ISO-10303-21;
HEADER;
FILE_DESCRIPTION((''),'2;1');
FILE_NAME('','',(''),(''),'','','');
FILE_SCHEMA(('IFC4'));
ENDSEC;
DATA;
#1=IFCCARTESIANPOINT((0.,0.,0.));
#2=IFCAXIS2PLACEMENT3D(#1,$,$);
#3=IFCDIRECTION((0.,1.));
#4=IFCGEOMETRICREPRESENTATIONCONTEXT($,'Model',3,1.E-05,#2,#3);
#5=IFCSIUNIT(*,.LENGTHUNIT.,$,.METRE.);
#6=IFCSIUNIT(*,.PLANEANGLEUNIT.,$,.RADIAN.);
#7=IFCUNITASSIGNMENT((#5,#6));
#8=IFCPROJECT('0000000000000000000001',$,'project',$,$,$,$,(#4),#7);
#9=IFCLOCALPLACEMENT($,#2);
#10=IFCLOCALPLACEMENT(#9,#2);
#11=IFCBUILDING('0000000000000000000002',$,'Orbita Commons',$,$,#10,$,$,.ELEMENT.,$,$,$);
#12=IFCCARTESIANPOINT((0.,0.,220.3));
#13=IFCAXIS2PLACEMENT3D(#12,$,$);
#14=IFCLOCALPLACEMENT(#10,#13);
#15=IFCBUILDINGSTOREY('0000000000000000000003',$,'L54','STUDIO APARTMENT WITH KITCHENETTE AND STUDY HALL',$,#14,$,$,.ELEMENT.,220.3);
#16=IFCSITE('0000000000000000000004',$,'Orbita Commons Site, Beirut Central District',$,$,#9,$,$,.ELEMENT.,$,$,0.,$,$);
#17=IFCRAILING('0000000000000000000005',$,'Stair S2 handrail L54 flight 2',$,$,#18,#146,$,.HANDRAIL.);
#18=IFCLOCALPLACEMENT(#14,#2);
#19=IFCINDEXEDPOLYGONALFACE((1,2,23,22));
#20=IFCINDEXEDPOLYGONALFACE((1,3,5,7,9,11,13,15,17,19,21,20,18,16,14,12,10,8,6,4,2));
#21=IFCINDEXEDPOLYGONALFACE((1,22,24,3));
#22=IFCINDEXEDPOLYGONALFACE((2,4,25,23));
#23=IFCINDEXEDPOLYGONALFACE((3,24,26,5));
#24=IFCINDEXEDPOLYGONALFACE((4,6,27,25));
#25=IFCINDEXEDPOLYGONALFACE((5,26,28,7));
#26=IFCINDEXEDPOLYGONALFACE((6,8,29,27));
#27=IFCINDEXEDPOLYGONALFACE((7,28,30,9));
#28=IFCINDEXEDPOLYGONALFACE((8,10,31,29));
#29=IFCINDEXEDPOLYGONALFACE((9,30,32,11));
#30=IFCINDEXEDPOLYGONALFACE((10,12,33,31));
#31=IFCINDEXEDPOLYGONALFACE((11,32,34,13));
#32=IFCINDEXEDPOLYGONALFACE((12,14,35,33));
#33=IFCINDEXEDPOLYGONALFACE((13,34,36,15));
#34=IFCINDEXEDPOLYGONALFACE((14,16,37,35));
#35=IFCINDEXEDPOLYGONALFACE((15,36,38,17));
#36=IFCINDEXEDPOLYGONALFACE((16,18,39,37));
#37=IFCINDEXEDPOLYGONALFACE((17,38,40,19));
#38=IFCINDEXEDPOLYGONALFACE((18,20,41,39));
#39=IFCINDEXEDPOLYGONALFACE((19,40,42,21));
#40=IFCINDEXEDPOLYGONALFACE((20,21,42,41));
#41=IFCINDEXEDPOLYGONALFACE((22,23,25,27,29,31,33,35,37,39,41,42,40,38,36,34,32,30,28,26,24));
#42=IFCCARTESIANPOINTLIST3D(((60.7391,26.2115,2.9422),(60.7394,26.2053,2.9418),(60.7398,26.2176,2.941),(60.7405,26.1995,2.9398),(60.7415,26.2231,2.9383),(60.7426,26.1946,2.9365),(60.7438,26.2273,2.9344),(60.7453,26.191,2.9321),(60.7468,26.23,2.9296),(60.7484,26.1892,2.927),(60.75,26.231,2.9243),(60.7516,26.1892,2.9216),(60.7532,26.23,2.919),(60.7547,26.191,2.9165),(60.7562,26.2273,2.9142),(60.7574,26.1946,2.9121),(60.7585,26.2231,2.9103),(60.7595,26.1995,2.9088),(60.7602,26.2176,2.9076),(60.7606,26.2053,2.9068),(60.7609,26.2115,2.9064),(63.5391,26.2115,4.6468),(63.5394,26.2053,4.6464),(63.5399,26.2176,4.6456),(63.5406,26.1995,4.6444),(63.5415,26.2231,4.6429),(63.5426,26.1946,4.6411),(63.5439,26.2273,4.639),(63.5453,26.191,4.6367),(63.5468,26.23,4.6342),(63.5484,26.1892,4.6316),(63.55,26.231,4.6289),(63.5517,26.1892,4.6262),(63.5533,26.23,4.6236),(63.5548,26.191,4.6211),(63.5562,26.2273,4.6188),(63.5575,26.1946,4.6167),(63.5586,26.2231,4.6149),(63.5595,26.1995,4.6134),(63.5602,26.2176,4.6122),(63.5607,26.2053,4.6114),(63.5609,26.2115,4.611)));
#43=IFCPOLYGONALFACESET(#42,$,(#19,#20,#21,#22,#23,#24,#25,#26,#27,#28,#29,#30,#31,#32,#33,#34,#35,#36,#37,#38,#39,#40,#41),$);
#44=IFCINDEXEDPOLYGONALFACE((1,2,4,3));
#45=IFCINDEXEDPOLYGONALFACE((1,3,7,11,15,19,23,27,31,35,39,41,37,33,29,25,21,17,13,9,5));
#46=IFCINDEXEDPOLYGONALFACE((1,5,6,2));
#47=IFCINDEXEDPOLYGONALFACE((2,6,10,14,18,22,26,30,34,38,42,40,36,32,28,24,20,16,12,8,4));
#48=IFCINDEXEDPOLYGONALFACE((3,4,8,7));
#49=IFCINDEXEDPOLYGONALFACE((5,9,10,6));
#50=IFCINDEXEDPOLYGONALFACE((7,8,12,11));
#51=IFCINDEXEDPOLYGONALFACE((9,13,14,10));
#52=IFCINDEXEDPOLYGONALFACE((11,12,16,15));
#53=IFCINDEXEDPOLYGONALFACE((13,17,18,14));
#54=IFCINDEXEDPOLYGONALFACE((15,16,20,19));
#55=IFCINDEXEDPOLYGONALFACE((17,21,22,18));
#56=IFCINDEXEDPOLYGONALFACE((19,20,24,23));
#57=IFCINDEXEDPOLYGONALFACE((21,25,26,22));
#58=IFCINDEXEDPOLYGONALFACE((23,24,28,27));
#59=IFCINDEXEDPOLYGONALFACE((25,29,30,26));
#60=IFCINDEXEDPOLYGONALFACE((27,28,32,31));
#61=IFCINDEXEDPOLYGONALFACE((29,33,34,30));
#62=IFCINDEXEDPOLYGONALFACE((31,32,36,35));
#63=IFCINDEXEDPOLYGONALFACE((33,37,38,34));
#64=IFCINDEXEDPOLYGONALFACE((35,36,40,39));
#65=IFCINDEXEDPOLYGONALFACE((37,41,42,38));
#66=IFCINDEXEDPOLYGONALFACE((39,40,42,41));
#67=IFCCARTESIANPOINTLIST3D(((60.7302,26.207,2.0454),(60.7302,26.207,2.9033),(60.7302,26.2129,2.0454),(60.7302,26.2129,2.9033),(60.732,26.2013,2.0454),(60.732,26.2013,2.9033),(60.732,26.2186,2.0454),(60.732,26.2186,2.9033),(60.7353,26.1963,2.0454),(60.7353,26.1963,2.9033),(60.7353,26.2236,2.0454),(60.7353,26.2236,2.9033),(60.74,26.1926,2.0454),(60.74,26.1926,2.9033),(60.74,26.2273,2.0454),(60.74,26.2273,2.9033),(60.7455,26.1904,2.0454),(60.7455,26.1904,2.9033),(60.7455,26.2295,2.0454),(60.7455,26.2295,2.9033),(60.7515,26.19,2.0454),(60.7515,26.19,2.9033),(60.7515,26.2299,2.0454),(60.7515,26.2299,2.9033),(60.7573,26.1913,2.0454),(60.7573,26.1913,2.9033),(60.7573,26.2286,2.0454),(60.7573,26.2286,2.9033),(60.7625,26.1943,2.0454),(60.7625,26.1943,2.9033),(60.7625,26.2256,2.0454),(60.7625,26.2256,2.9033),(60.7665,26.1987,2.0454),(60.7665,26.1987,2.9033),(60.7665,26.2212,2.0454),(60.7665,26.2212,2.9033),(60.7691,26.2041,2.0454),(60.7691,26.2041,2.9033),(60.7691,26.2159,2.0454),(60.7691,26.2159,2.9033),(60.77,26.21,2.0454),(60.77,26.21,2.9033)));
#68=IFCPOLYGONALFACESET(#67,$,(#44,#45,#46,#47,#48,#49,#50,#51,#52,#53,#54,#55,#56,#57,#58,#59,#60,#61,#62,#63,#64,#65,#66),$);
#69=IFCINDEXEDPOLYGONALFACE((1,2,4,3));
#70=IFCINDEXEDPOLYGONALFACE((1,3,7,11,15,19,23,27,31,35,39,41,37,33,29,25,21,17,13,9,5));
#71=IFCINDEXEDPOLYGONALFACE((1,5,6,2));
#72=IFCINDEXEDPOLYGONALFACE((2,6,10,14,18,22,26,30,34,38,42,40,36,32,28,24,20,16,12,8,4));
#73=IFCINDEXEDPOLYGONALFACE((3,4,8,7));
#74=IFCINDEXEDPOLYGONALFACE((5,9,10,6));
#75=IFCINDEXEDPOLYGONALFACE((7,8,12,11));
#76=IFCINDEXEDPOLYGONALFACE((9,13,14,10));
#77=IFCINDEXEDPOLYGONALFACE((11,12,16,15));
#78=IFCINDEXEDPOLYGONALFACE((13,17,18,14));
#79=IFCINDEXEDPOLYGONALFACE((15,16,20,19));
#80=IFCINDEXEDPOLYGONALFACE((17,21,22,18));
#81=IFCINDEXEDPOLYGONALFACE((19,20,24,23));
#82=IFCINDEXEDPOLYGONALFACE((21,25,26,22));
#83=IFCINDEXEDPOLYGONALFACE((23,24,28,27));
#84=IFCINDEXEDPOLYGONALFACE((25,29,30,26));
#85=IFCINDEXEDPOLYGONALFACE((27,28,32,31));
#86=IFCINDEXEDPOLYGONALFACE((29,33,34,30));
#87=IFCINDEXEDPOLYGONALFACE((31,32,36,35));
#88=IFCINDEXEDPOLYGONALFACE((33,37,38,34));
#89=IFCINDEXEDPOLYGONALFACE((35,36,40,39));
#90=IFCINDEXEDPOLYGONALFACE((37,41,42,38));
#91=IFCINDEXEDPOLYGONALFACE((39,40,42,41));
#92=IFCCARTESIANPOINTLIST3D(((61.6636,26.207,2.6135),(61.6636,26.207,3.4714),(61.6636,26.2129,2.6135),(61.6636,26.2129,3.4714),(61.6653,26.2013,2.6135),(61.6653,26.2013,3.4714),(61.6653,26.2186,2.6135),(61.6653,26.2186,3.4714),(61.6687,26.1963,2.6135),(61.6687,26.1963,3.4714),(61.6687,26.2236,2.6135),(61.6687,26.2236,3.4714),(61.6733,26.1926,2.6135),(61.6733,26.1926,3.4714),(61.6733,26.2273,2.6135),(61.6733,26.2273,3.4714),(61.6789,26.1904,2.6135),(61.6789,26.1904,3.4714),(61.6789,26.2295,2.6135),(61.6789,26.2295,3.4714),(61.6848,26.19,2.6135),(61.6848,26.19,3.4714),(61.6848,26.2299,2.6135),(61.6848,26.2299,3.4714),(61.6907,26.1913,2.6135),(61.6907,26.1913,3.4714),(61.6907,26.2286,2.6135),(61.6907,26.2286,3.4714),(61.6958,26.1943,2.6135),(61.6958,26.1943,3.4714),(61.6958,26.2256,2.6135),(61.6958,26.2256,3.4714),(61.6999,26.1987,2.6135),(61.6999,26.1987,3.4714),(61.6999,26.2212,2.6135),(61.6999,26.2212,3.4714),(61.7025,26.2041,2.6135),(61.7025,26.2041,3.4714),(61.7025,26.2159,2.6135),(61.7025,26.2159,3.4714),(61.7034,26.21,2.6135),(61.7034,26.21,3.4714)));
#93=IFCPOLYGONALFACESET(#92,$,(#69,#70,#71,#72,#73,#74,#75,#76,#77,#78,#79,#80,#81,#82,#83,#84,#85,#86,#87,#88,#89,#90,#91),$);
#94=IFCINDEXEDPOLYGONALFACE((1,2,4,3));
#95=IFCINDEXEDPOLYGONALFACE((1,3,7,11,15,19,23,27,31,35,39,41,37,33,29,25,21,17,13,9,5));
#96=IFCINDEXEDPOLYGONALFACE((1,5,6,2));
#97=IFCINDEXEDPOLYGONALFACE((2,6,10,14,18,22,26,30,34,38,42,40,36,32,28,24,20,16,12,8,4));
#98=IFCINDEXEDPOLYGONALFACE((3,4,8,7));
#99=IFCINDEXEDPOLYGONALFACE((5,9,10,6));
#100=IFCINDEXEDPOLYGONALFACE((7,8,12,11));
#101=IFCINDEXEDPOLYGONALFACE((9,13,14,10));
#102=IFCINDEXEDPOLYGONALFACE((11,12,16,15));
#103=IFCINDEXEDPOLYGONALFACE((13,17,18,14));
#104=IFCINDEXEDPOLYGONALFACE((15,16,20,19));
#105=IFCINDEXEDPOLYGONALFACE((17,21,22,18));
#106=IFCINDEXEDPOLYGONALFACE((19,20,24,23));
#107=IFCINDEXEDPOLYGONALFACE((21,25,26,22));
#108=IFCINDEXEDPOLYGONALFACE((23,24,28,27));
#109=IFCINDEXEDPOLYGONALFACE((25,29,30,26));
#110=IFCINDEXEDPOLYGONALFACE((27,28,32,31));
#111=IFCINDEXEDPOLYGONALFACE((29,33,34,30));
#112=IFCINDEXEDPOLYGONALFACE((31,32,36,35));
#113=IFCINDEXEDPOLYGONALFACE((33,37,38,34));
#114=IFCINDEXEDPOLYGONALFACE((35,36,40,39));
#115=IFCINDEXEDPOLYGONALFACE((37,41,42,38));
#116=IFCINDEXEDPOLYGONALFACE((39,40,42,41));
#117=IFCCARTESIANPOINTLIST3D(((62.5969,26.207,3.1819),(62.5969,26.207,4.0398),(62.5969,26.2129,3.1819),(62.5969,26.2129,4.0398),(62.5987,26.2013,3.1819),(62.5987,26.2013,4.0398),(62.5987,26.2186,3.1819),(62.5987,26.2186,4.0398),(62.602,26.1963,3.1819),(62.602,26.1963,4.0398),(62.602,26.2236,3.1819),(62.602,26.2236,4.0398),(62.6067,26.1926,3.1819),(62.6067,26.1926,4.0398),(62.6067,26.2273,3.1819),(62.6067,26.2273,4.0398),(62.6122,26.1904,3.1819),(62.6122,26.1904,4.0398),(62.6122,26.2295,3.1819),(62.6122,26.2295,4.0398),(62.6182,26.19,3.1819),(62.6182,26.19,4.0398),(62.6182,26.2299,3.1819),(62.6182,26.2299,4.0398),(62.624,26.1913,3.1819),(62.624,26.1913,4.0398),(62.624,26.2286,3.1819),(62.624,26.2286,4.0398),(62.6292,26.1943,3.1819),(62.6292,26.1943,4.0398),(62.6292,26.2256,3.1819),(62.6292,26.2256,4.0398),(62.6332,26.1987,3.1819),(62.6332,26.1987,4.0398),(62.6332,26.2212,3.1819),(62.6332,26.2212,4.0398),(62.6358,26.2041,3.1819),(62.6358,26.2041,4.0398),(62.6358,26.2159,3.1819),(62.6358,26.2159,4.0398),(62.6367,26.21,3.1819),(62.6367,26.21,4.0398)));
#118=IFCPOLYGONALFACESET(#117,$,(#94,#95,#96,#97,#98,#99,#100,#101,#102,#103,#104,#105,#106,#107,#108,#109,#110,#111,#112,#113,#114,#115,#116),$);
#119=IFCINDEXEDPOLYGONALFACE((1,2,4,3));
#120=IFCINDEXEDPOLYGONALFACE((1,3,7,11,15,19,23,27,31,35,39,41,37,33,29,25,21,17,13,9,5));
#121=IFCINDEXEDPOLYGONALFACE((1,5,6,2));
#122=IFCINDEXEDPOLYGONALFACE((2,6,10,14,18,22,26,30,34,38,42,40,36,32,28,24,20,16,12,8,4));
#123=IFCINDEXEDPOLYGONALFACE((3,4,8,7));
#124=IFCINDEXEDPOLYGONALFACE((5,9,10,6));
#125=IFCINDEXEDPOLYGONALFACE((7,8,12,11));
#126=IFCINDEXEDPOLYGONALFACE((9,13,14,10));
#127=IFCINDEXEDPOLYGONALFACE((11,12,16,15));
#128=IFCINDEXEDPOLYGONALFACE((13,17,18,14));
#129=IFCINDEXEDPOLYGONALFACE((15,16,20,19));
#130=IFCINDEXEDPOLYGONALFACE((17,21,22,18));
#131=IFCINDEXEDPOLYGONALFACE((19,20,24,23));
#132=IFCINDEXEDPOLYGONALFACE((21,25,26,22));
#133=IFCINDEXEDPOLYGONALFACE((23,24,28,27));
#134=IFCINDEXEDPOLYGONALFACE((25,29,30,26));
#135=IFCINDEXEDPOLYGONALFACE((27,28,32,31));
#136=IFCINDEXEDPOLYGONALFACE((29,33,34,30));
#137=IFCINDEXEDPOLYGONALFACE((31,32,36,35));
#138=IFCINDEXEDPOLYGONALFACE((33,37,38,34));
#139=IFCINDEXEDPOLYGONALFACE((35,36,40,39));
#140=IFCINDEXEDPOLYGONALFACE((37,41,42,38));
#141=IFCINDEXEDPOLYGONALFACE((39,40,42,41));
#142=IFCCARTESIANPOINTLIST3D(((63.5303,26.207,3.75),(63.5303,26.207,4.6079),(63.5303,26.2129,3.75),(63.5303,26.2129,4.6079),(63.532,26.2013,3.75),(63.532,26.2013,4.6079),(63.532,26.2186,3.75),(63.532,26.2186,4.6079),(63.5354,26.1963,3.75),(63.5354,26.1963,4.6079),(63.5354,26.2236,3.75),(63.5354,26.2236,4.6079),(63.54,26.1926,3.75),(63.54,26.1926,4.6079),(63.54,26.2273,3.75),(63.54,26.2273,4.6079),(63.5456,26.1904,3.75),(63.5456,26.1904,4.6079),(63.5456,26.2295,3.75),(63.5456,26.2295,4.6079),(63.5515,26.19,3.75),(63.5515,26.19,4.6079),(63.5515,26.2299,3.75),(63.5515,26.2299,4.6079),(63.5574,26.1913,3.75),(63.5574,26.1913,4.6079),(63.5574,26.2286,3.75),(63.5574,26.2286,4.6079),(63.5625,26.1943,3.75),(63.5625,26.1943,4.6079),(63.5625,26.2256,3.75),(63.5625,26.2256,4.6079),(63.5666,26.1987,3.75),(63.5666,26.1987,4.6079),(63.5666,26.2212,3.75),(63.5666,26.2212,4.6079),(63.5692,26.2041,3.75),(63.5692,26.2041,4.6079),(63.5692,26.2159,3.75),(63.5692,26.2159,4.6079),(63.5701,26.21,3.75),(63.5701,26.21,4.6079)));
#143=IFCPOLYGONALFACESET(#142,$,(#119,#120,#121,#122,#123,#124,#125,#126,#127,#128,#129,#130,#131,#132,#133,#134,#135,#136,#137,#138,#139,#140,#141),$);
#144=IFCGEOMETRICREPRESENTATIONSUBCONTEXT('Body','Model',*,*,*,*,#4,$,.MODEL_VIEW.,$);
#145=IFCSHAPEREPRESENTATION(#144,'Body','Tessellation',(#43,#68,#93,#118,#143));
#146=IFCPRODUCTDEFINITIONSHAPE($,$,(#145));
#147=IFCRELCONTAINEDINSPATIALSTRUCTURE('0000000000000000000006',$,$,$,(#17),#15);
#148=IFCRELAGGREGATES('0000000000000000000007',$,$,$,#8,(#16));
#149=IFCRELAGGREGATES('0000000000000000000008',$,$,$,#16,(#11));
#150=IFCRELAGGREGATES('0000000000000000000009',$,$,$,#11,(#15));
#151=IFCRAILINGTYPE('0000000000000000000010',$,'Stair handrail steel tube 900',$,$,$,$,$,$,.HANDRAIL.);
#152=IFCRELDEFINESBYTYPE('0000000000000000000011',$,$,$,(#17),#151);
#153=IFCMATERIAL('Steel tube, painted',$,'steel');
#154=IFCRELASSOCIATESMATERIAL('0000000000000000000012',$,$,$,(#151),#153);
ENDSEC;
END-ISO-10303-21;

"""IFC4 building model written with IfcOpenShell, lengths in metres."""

from ifc_helpers import new_model, si_unit, direction, frame, origin, origin_2d, place, context, subcontext, project, spatial, circle, extrude, material, type_object, element, save


model = new_model("IFC4")

# Units and contexts
model_context = context("Model", 3, precision=1e-05, world=origin(), true_north=direction((0.0, 1.0)))
body_context = subcontext(model_context, "Body", "Model", "MODEL_VIEW")
ifc_project = project(units=[si_unit("LENGTHUNIT", "METRE"), si_unit("PLANEANGLEUNIT", "RADIAN")], contexts=[model_context])

# Site, building, storey
site_placement = place(None, origin())
site = spatial("IfcSite", under=ifc_project, at=site_placement, Name="Orbita Commons Site, Beirut Central District", CompositionType="ELEMENT", RefElevation=0.0)
building_placement = place(site_placement, origin())
building = spatial("IfcBuilding", under=site, at=building_placement, Name="Orbita Commons", CompositionType="ELEMENT")
storey_placement = place(building_placement, frame((0.0, 0.0, 220.3)))
storey = spatial("IfcBuildingStorey", under=building, at=storey_placement, Name="L54", Description="STUDIO APARTMENT WITH KITCHENETTE AND STUDY HALL", CompositionType="ELEMENT", Elevation=220.3)

# Railing
ifc_material_1 = material(Name="Steel tube, painted", Category="steel")
railing_type = type_object("IfcRailingType", Name="Stair handrail steel tube 900", PredefinedType="HANDRAIL", material=ifc_material_1)
for number, where, name in (
    (1, (60.75, 26.21, 2.0454), "Stair S2 handrail L54 flight 2"),
):
    element("IfcRailing", number, at=place(storey_placement, frame(where)), inside=storey, type_object=railing_type, Name=name, PredefinedType="HANDRAIL", context=body_context, shape_type="SweptSolid", body=[
        extrude(circle(Radius=0.021, at=origin_2d()), frame((0.0, 0.0, 0.8789), z_axis=(0.85417, 0.0, 0.519994), x_axis=(0.0, 1.0, 0.0)), (0.0, 0.0, 1.0), 3.2781),
        extrude(circle(Radius=0.02, at=origin_2d()), origin(), (0.0, 0.0, 1.0), 0.8579),
        extrude(circle(Radius=0.02, at=origin_2d()), frame((0.9333, 0.0, 0.5681)), (0.0, 0.0, 1.0), 0.8579),
        extrude(circle(Radius=0.02, at=origin_2d()), frame((1.8667, 0.0, 1.1365)), (0.0, 0.0, 1.0), 0.8579),
        extrude(circle(Radius=0.02, at=origin_2d()), frame((2.8, 0.0, 1.7046)), (0.0, 0.0, 1.0), 0.8579),
    ])

save(model, "model.ifc")
